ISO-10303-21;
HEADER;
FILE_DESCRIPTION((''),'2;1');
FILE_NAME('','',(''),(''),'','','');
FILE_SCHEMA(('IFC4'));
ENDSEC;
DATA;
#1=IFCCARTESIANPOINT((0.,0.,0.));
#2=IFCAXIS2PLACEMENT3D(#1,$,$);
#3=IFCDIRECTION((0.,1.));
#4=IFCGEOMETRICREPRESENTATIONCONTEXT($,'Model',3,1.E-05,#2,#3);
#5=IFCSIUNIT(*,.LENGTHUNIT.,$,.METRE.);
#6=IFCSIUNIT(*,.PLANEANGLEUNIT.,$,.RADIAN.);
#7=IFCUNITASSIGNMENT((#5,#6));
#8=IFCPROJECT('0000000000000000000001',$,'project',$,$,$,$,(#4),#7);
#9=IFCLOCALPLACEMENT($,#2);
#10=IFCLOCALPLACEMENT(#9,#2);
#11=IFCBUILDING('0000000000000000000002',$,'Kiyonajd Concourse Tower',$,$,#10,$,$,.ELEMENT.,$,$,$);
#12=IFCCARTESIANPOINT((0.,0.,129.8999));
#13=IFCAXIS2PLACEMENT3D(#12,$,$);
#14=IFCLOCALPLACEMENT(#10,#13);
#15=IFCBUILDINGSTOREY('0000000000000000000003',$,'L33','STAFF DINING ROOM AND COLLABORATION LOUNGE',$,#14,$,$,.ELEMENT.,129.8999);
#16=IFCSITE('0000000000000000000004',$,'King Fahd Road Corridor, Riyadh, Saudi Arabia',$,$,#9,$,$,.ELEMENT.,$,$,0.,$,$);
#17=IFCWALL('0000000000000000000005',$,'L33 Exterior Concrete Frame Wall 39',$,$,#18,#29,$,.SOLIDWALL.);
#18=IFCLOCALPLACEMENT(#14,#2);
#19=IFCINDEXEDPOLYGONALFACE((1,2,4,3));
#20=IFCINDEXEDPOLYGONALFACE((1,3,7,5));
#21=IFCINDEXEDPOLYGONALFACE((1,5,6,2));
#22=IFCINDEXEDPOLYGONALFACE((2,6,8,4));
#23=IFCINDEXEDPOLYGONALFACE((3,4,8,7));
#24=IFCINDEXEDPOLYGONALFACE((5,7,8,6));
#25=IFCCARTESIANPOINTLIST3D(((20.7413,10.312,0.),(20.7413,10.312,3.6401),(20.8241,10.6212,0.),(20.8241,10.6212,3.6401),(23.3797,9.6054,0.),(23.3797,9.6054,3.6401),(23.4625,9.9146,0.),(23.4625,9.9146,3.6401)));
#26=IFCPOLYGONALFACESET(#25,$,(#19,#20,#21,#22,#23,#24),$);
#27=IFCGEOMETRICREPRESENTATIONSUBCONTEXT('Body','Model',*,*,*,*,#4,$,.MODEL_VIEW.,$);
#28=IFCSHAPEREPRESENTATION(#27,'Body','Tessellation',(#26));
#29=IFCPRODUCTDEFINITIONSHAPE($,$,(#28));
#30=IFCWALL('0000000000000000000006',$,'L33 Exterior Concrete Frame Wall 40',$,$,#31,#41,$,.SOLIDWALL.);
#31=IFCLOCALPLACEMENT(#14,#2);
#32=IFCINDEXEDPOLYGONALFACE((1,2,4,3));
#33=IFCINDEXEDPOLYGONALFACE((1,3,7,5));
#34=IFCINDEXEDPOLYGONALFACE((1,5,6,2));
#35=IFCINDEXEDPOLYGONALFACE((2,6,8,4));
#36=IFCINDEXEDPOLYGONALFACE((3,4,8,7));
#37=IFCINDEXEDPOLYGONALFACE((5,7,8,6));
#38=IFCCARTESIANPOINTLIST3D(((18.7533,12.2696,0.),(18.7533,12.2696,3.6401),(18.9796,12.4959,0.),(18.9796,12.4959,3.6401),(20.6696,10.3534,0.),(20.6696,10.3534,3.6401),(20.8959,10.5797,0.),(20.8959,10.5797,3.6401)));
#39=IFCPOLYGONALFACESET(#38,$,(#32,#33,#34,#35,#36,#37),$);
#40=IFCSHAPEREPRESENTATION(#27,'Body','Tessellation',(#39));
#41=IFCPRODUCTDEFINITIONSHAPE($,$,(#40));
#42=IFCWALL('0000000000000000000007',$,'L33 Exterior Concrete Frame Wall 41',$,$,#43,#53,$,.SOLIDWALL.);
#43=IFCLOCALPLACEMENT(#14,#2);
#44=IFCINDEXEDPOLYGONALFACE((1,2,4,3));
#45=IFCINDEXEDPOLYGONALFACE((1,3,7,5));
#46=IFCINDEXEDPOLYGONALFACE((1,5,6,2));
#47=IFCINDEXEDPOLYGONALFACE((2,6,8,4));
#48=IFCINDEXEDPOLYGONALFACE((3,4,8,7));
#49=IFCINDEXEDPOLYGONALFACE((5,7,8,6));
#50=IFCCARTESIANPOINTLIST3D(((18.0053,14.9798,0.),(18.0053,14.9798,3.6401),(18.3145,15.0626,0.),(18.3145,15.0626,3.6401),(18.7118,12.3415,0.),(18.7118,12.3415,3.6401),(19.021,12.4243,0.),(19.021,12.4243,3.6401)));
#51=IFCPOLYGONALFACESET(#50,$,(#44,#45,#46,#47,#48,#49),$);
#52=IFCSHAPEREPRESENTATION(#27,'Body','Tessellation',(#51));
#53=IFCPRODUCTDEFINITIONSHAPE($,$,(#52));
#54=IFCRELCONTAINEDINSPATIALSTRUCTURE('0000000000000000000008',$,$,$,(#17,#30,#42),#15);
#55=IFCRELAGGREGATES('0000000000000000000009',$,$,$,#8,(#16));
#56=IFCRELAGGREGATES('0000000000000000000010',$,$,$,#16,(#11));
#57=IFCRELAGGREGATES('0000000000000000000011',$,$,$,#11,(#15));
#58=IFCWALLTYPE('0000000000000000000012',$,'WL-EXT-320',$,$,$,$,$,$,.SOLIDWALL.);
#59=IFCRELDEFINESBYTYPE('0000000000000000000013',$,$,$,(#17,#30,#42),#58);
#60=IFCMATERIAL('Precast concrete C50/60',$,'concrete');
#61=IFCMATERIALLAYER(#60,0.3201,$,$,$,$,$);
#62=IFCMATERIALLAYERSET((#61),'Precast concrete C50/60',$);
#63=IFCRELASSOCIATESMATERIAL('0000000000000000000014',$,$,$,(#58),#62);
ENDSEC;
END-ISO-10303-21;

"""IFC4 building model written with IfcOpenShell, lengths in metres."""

from ifc_helpers import new_model, si_unit, direction, frame, frame_2d, origin, place, context, subcontext, project, spatial, rectangle, extrude, material, layer, layer_set, type_object, element, save


model = new_model("IFC4")

# Units and contexts
model_context = context("Model", 3, precision=1e-05, world=origin(), true_north=direction((0.0, 1.0)))
body_context = subcontext(model_context, "Body", "Model", "MODEL_VIEW")
ifc_project = project(units=[si_unit("LENGTHUNIT", "METRE"), si_unit("PLANEANGLEUNIT", "RADIAN")], contexts=[model_context])

# Site, building, storey
site_placement = place(None, origin())
site = spatial("IfcSite", under=ifc_project, at=site_placement, Name="King Fahd Road Corridor, Riyadh, Saudi Arabia", CompositionType="ELEMENT", RefElevation=0.0)
building_placement = place(site_placement, origin())
building = spatial("IfcBuilding", under=site, at=building_placement, Name="Kiyonajd Concourse Tower", CompositionType="ELEMENT")
storey_placement = place(building_placement, frame((0.0, 0.0, 129.8999)))
storey = spatial("IfcBuildingStorey", under=building, at=storey_placement, Name="L33", Description="STAFF DINING ROOM AND COLLABORATION LOUNGE", CompositionType="ELEMENT", Elevation=129.8999)

# Shared definitions
ifc_material_1 = material(Name="Precast concrete C50/60", Category="concrete")

# Walls
ifc_layer_1 = layer(ifc_material_1, 0.3201)
ifc_layer_set_1 = layer_set([ifc_layer_1], Name="Precast concrete C50/60")
wall_type_1 = type_object("IfcWallType", Name="WL-EXT-320", PredefinedType="SOLIDWALL", material=ifc_layer_set_1)
wall_1_placement = place(storey_placement, frame((23.4211, 9.76, 0.0), z_axis=(0.0, 0.0, 1.0), x_axis=(-0.965964, 0.258675, 0.0)))
element("IfcWall", 1, at=wall_1_placement, inside=storey, type_object=wall_type_1, Name="L33 Exterior Concrete Frame Wall 39", PredefinedType="SOLIDWALL", context=body_context, shape_type="SweptSolid", body=[
    extrude(rectangle(XDim=2.7314, YDim=0.3201, at=frame_2d((1.3657, 0.0))), origin(), (0.0, 0.0, 1.0), 3.6401),
])
wall_2_placement = place(storey_placement, frame((20.7827, 10.4666, 0.0), z_axis=(0.0, 0.0, 1.0), x_axis=(-0.707107, 0.707107, 0.0)))
element("IfcWall", 2, at=wall_2_placement, inside=storey, type_object=wall_type_1, Name="L33 Exterior Concrete Frame Wall 40", PredefinedType="SOLIDWALL", context=body_context, shape_type="SweptSolid", body=[
    extrude(rectangle(XDim=2.71, YDim=0.3201, at=frame_2d((1.355, 0.0))), origin(), (0.0, 0.0, 1.0), 3.6401),
])
wall_3_placement = place(storey_placement, frame((18.8665, 12.3828, 0.0), z_axis=(0.0, 0.0, 1.0), x_axis=(-0.258697, 0.965958, 0.0)))
element("IfcWall", 3, at=wall_3_placement, inside=storey, type_object=wall_type_1, Name="L33 Exterior Concrete Frame Wall 41", PredefinedType="SOLIDWALL", context=body_context, shape_type="SweptSolid", body=[
    extrude(rectangle(XDim=2.7312, YDim=0.3201, at=frame_2d((1.3657, 0.0))), origin(), (0.0, 0.0, 1.0), 3.6401),
])

save(model, "model.ifc")
